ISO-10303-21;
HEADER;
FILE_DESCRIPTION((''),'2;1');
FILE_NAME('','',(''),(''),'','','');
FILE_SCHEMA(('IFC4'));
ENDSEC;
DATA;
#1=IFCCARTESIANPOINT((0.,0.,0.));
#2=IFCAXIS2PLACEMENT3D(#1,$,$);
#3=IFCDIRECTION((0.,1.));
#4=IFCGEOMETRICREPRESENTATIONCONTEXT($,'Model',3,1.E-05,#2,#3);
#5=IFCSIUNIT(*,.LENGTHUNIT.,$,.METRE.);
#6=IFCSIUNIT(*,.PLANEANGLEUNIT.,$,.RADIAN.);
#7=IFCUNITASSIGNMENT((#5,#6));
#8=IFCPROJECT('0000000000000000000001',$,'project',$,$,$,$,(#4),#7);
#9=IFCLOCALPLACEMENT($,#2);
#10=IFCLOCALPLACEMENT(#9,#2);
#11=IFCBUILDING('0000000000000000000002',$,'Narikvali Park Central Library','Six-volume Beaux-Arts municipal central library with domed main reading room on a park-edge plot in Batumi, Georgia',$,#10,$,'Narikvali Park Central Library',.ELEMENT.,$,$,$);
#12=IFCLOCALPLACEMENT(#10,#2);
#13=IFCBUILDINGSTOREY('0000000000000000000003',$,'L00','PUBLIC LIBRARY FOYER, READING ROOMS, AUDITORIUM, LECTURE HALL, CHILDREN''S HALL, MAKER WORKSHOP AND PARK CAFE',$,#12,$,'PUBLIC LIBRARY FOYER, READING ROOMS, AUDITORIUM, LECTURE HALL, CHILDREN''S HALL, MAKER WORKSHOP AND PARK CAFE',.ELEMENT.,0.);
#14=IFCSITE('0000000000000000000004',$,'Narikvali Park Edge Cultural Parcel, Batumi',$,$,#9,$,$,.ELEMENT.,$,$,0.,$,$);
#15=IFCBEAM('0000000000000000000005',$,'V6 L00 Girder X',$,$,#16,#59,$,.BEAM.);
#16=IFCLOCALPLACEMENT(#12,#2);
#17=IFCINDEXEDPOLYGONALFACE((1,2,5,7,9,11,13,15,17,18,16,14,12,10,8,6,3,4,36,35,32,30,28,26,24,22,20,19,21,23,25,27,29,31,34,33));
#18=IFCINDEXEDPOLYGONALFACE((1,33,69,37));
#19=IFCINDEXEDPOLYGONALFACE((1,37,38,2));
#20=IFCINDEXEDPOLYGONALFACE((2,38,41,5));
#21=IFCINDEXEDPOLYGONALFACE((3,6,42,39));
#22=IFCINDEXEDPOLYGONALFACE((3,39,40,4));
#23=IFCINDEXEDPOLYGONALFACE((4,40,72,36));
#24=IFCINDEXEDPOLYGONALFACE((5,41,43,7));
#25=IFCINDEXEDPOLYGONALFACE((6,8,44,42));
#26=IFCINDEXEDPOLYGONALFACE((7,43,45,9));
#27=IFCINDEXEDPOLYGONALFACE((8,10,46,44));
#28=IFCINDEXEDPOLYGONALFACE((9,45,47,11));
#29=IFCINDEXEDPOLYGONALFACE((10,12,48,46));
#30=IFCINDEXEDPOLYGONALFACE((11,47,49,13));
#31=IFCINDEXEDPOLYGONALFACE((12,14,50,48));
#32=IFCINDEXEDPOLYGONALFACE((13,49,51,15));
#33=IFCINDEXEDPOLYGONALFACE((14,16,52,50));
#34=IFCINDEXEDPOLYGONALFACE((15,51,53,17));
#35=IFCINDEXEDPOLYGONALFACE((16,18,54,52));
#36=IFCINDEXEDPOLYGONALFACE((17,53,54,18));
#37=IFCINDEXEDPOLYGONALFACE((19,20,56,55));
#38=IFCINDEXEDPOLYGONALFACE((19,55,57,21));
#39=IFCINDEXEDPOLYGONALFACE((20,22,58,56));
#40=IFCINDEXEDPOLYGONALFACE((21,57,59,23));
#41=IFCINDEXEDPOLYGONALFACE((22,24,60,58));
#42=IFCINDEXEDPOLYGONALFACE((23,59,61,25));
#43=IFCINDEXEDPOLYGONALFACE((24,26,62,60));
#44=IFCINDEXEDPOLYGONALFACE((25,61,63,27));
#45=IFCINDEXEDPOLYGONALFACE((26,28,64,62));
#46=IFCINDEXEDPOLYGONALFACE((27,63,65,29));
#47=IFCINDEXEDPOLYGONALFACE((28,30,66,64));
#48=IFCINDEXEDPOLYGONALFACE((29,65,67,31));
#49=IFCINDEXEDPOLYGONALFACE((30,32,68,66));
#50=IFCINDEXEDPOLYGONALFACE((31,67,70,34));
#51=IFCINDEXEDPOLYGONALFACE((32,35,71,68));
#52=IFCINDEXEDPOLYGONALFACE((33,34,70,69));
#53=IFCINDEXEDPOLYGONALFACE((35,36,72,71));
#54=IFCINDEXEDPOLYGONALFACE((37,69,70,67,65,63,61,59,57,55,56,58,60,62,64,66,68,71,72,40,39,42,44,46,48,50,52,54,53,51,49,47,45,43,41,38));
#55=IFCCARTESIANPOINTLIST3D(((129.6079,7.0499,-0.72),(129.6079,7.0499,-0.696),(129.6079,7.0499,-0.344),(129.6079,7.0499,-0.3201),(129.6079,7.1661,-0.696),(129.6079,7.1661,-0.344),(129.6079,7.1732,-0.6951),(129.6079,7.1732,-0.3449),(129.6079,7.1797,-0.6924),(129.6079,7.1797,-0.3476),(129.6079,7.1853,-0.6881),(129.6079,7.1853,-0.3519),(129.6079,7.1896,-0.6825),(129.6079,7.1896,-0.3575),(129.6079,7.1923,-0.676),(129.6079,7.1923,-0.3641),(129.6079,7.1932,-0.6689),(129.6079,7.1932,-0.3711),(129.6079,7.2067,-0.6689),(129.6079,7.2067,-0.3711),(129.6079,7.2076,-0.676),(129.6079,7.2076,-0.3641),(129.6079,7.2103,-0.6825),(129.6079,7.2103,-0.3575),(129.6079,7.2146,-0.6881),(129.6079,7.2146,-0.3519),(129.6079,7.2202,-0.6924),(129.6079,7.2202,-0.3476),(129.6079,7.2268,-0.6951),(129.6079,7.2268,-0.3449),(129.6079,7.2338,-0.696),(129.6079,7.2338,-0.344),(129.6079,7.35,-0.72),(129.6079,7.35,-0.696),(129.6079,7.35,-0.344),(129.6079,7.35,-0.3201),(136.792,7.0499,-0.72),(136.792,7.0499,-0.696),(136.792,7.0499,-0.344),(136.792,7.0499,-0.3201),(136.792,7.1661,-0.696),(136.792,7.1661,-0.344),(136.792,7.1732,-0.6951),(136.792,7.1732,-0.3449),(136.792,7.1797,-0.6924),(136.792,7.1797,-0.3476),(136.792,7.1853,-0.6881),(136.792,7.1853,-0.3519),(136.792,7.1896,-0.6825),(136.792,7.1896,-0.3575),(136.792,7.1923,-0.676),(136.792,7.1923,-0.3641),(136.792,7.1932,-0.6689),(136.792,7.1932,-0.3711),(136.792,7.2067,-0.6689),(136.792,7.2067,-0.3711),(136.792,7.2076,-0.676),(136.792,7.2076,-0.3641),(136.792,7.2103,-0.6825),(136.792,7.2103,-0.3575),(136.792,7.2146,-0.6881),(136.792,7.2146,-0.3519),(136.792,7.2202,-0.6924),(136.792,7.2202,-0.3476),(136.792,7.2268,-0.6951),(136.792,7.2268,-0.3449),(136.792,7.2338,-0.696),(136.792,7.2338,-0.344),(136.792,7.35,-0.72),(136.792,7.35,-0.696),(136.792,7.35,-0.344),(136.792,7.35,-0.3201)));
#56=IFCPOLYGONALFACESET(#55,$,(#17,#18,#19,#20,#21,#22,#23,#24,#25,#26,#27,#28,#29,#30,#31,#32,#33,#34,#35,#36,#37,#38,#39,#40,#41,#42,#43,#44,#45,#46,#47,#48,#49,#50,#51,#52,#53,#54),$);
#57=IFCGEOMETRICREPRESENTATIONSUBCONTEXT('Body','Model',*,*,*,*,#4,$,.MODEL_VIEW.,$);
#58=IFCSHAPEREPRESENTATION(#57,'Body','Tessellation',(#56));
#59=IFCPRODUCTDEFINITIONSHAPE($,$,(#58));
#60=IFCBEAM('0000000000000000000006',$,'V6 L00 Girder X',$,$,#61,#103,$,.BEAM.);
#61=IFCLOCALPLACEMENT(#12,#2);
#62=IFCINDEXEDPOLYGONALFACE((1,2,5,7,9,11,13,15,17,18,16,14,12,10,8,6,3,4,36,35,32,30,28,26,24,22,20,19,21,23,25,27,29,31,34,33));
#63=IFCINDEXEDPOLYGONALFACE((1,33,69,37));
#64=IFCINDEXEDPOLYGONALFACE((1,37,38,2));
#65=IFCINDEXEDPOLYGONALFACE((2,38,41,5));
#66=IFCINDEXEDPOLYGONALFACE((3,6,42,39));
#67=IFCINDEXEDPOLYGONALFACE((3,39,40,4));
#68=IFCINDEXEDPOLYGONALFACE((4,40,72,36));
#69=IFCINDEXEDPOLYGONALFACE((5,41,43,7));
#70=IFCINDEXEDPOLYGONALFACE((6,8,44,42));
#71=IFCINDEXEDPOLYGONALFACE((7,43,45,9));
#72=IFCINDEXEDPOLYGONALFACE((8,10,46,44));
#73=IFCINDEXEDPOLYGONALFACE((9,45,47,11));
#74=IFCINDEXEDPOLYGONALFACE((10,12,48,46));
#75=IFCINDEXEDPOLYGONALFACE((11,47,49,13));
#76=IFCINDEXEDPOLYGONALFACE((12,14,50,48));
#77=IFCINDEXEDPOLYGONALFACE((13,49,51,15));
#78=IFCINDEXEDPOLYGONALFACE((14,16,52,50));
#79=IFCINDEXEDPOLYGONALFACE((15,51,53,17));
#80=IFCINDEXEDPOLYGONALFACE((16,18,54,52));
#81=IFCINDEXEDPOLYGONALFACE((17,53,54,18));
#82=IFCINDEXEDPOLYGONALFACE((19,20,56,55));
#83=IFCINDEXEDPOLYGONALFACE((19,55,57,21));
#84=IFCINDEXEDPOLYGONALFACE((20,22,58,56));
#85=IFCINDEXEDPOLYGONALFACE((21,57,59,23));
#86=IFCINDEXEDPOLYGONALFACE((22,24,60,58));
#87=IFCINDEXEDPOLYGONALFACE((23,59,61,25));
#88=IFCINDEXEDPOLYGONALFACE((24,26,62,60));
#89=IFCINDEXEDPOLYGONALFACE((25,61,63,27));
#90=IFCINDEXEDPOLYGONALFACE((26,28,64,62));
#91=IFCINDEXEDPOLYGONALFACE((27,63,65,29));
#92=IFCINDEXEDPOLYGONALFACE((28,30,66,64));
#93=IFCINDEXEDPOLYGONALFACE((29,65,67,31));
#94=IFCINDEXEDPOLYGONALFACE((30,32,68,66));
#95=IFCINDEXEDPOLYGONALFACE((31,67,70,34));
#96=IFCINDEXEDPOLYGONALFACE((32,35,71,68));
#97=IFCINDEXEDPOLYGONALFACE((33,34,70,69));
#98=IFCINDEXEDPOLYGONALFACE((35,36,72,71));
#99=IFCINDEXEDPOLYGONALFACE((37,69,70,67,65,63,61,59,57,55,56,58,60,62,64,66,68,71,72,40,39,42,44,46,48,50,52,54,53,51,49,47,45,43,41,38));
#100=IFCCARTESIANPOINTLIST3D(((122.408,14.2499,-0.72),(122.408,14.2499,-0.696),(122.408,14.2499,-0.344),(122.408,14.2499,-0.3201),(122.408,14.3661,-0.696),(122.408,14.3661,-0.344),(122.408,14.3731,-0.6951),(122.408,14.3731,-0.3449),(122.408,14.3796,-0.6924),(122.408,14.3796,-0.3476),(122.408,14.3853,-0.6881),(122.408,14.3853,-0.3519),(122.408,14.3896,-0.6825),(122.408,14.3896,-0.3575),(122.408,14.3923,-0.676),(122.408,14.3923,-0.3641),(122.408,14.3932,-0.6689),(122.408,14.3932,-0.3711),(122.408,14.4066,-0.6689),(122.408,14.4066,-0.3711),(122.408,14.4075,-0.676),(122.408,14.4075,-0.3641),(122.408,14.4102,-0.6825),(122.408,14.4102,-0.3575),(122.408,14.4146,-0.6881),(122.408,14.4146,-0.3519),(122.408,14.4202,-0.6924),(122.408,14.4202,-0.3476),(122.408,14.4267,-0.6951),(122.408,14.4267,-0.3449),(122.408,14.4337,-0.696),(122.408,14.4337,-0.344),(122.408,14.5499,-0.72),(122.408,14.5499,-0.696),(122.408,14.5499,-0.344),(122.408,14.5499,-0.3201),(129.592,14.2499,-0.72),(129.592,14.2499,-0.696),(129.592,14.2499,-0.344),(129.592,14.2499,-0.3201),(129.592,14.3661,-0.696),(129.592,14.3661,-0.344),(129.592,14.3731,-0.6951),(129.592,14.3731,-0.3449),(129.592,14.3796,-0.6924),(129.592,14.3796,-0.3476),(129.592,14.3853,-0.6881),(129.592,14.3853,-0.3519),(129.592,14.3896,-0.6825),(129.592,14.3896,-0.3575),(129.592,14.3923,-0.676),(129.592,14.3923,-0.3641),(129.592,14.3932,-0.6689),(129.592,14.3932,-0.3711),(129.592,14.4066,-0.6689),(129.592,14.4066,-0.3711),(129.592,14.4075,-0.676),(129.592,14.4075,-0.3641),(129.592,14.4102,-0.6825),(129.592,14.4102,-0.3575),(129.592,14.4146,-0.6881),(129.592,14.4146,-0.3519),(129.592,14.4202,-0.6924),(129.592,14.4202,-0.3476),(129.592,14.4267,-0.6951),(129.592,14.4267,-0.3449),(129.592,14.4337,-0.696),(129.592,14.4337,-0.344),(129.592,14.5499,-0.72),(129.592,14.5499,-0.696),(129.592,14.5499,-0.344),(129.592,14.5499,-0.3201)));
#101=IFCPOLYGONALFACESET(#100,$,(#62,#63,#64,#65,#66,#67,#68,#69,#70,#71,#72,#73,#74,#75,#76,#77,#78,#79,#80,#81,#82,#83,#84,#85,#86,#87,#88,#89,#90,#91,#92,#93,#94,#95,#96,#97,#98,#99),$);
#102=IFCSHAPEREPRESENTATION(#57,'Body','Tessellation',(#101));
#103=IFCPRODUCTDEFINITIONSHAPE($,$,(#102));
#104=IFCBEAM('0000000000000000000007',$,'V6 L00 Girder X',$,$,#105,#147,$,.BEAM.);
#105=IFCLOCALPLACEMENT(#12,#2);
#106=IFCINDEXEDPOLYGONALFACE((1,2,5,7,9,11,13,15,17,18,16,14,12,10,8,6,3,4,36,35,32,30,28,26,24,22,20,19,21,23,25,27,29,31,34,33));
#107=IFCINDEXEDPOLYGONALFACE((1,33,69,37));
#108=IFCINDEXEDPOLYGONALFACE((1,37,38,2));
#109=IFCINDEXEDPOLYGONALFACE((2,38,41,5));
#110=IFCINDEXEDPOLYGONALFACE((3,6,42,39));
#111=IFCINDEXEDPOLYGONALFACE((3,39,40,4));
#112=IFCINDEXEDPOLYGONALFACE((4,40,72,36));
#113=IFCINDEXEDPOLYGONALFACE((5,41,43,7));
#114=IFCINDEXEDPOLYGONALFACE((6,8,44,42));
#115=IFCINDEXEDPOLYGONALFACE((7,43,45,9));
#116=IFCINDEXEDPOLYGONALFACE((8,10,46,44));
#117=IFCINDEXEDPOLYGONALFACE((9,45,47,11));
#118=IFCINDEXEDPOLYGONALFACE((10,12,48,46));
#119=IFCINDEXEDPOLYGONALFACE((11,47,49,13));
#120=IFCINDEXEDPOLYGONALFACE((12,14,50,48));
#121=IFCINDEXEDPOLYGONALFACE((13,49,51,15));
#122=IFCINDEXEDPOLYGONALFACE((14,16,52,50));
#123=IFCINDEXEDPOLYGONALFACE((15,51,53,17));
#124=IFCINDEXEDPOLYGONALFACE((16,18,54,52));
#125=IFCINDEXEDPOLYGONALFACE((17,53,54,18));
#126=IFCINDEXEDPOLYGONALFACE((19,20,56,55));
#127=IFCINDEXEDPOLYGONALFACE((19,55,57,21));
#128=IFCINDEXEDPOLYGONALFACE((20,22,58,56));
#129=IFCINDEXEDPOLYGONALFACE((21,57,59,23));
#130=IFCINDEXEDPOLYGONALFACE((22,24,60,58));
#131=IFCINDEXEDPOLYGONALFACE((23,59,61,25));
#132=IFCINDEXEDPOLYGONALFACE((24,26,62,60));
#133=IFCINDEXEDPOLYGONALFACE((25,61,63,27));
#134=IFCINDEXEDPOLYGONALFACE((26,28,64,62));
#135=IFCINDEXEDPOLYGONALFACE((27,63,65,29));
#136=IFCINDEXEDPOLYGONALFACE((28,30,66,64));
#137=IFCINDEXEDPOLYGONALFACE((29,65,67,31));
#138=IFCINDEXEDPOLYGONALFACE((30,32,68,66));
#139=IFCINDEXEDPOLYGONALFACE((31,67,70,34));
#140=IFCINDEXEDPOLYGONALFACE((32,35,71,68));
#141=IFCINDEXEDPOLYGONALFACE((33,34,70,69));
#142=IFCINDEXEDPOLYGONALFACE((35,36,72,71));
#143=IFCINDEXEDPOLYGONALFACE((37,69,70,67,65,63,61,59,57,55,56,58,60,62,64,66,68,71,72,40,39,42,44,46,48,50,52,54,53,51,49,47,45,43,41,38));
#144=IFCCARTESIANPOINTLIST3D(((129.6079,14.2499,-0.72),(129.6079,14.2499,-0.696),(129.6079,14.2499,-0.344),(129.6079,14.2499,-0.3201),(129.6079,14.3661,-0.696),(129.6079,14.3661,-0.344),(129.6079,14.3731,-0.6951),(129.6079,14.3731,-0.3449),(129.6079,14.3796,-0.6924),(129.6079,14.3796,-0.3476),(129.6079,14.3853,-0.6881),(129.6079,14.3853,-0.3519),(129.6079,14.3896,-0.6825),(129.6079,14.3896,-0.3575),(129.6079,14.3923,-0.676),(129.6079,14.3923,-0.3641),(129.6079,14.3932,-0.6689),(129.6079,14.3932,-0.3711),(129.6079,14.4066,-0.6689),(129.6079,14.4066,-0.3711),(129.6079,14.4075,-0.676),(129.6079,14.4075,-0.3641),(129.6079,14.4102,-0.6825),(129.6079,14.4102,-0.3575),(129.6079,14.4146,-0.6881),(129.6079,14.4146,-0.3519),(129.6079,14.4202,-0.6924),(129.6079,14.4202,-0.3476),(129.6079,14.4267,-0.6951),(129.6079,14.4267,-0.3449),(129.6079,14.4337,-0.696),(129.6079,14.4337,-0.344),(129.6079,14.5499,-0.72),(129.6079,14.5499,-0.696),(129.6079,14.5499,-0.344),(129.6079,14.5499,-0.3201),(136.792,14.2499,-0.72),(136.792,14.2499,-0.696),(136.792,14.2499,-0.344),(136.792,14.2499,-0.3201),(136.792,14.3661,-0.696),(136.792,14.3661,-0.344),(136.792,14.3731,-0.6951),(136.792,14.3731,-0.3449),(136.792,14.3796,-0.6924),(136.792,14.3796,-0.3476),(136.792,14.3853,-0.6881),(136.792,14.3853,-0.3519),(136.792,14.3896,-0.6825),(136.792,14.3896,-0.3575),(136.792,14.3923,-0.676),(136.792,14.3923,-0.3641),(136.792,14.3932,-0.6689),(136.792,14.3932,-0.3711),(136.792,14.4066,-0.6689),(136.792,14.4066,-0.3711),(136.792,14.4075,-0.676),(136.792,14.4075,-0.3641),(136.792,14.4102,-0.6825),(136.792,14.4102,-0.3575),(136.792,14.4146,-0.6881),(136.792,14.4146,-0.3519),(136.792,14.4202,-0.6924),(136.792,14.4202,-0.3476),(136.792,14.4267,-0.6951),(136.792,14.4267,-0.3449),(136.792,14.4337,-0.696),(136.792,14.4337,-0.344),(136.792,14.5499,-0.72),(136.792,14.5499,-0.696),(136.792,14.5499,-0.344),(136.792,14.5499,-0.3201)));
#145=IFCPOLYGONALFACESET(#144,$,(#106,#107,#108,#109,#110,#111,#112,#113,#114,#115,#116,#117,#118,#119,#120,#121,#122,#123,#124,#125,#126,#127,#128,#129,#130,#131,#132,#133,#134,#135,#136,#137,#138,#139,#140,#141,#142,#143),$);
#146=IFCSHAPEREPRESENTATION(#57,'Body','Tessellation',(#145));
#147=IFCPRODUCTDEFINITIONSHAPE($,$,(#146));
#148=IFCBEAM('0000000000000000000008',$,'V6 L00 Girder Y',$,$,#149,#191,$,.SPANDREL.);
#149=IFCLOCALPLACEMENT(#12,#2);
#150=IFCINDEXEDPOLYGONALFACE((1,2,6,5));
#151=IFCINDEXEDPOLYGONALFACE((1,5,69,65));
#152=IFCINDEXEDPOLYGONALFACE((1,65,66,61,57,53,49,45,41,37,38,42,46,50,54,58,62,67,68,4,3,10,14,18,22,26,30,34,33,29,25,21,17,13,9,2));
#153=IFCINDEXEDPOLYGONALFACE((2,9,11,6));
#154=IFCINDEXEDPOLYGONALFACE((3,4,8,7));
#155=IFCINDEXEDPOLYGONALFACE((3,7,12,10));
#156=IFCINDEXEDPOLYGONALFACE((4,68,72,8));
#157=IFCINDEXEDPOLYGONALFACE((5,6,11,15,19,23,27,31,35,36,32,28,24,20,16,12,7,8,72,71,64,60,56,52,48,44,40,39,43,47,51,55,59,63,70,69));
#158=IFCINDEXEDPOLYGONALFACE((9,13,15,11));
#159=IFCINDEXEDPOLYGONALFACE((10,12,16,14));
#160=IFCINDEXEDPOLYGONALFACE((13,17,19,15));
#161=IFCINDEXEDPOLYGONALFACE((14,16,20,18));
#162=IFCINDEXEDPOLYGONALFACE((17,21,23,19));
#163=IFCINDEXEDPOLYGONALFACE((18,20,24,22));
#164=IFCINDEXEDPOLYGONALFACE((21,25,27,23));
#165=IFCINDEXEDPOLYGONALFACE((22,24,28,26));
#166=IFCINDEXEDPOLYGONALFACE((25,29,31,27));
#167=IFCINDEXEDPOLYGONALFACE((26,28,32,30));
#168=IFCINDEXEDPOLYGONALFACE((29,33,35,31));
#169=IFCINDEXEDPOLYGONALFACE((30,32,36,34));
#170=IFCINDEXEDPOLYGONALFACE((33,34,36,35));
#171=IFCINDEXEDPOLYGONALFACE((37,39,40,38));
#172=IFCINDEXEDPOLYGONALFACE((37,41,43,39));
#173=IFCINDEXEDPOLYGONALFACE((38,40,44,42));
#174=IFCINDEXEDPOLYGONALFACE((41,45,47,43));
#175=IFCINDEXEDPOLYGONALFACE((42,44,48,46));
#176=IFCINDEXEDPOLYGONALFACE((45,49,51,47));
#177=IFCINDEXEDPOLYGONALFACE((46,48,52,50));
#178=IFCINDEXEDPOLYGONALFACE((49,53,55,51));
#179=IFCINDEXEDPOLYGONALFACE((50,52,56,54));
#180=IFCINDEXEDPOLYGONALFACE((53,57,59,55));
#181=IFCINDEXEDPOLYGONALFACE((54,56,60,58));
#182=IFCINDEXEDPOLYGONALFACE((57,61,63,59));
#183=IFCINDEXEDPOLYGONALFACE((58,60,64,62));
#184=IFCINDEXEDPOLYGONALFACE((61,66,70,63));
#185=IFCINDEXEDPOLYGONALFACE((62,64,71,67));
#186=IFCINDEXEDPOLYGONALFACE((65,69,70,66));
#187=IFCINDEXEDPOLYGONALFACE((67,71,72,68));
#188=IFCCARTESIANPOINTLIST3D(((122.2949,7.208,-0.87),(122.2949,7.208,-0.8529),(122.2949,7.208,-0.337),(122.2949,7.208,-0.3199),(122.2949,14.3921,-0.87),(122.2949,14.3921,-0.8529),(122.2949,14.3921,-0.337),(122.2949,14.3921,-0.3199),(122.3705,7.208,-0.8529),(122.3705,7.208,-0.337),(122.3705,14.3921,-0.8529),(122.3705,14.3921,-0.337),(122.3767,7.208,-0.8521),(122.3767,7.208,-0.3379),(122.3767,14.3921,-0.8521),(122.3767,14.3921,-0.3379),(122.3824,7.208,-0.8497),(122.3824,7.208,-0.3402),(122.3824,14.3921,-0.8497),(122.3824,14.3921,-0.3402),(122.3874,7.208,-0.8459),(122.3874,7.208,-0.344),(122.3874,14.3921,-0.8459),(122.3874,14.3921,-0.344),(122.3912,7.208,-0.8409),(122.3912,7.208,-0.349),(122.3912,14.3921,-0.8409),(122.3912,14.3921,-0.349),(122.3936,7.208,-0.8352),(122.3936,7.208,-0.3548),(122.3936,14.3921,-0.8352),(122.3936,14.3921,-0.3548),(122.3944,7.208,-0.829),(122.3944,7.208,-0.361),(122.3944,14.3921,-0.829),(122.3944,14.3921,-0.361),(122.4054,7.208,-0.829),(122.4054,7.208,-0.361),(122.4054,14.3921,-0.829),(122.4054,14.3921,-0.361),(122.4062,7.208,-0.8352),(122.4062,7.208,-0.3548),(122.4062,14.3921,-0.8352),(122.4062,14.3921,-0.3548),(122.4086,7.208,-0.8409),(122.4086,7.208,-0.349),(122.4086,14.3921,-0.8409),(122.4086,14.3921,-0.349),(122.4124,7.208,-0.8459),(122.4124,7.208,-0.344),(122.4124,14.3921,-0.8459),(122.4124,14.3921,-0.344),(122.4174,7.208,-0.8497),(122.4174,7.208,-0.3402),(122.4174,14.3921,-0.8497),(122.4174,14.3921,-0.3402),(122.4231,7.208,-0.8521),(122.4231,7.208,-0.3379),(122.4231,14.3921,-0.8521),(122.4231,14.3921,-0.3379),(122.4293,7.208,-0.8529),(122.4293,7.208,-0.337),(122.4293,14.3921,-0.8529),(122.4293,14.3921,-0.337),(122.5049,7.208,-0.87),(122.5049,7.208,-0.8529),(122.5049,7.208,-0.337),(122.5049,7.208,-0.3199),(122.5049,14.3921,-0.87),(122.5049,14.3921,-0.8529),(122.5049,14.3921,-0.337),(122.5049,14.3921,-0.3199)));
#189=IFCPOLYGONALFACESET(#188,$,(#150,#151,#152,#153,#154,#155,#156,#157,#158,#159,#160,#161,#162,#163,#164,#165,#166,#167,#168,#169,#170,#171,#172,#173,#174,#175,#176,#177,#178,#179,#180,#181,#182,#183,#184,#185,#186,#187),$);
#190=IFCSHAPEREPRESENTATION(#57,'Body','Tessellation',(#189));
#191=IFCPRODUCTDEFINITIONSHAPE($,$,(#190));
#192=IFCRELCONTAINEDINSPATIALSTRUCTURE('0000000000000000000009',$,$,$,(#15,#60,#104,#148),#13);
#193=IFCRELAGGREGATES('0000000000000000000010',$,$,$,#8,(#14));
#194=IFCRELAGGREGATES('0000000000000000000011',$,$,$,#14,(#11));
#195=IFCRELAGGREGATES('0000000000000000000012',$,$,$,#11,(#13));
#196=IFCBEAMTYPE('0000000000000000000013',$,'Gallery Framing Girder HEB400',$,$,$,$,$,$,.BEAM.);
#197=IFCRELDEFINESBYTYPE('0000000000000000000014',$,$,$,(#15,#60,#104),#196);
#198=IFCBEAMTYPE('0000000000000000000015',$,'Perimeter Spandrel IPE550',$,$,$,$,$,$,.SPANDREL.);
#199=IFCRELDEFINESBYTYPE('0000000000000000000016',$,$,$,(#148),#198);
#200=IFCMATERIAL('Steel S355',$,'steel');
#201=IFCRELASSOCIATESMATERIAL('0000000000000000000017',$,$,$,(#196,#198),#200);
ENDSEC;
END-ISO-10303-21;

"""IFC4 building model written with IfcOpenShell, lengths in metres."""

from ifc_helpers import new_model, si_unit, direction, frame, origin, origin_2d, place, context, subcontext, project, spatial, i_section, extrude, material, material_profile, profile_set, type_object, element, save


model = new_model("IFC4")

# Units and contexts
model_context = context("Model", 3, precision=1e-05, world=origin(), true_north=direction((0.0, 1.0)))
body_context = subcontext(model_context, "Body", "Model", "MODEL_VIEW")
ifc_project = project(units=[si_unit("LENGTHUNIT", "METRE"), si_unit("PLANEANGLEUNIT", "RADIAN")], contexts=[model_context])

# Site, building, storey
site_placement = place(None, origin())
site = spatial("IfcSite", under=ifc_project, at=site_placement, Name="Narikvali Park Edge Cultural Parcel, Batumi", CompositionType="ELEMENT", RefElevation=0.0)
building_placement = place(site_placement, origin())
building = spatial("IfcBuilding", under=site, at=building_placement, Name="Narikvali Park Central Library", Description="Six-volume Beaux-Arts municipal central library with domed main reading room on a park-edge plot in Batumi, Georgia", LongName="Narikvali Park Central Library", CompositionType="ELEMENT")
storey_placement = place(building_placement, origin())
storey = spatial("IfcBuildingStorey", under=building, at=storey_placement, Name="L00", Description="PUBLIC LIBRARY FOYER, READING ROOMS, AUDITORIUM, LECTURE HALL, CHILDREN'S HALL, MAKER WORKSHOP AND PARK CAFE", LongName="PUBLIC LIBRARY FOYER, READING ROOMS, AUDITORIUM, LECTURE HALL, CHILDREN'S HALL, MAKER WORKSHOP AND PARK CAFE", CompositionType="ELEMENT", Elevation=0.0)

# Shared definitions
ifc_material_1 = material(Name="Steel S355", Category="steel")

# Beams
ifc_material_profile_1 = material_profile(ifc_material_1, i_section(OverallWidth=0.3, OverallDepth=0.3999, WebThickness=0.0134, FlangeThickness=0.0239, FilletRadius=0.0271, at=origin_2d()), Name="HEB 400")
ifc_profile_set_1 = profile_set([ifc_material_profile_1], Name="Steel S355")
beam_type_1 = type_object("IfcBeamType", Name="Gallery Framing Girder HEB400", PredefinedType="BEAM", material=ifc_profile_set_1)
for number, where, z_axis, x_axis, name in (
    (1, (129.6079, 7.2, -0.52), (1.0, 0.0, 0.0), (0.0, 1.0, 0.0), "V6 L00 Girder X"),
    (2, (122.408, 14.3999, -0.52), (1.0, 0.0, 0.0), (0.0, 1.0, 0.0), "V6 L00 Girder X"),
    (3, (129.6079, 14.3999, -0.52), (1.0, 0.0, 0.0), (0.0, 1.0, 0.0), "V6 L00 Girder X"),
):
    element("IfcBeam", number, at=place(storey_placement, frame(where, z_axis=z_axis, x_axis=x_axis)), inside=storey, type_object=beam_type_1, Name=name, PredefinedType="BEAM", context=body_context, shape_type="SweptSolid", body=[
        extrude(i_section(OverallWidth=0.3, OverallDepth=0.3999, WebThickness=0.0134, FlangeThickness=0.0239, FilletRadius=0.0271, at=origin_2d()), origin(), (0.0, 0.0, 1.0), 7.1841),
    ])
ifc_material_profile_2 = material_profile(ifc_material_1, i_section(OverallWidth=0.21, OverallDepth=0.55, WebThickness=0.011, FlangeThickness=0.0171, FilletRadius=0.0239, at=origin_2d()), Name="IPE 550")
ifc_profile_set_2 = profile_set([ifc_material_profile_2], Name="Steel S355")
beam_type_2 = type_object("IfcBeamType", Name="Perimeter Spandrel IPE550", PredefinedType="SPANDREL", material=ifc_profile_set_2)
for number, where, z_axis, x_axis, name in (
    (4, (122.3999, 7.208, -0.595), (0.0, 1.0, 0.0), (-1.0, 0.0, 0.0), "V6 L00 Girder Y"),
):
    element("IfcBeam", number, at=place(storey_placement, frame(where, z_axis=z_axis, x_axis=x_axis)), inside=storey, type_object=beam_type_2, Name=name, PredefinedType="SPANDREL", context=body_context, shape_type="SweptSolid", body=[
        extrude(i_section(OverallWidth=0.21, OverallDepth=0.55, WebThickness=0.011, FlangeThickness=0.0171, FilletRadius=0.0239, at=origin_2d()), origin(), (0.0, 0.0, 1.0), 7.1841),
    ])

save(model, "model.ifc")
